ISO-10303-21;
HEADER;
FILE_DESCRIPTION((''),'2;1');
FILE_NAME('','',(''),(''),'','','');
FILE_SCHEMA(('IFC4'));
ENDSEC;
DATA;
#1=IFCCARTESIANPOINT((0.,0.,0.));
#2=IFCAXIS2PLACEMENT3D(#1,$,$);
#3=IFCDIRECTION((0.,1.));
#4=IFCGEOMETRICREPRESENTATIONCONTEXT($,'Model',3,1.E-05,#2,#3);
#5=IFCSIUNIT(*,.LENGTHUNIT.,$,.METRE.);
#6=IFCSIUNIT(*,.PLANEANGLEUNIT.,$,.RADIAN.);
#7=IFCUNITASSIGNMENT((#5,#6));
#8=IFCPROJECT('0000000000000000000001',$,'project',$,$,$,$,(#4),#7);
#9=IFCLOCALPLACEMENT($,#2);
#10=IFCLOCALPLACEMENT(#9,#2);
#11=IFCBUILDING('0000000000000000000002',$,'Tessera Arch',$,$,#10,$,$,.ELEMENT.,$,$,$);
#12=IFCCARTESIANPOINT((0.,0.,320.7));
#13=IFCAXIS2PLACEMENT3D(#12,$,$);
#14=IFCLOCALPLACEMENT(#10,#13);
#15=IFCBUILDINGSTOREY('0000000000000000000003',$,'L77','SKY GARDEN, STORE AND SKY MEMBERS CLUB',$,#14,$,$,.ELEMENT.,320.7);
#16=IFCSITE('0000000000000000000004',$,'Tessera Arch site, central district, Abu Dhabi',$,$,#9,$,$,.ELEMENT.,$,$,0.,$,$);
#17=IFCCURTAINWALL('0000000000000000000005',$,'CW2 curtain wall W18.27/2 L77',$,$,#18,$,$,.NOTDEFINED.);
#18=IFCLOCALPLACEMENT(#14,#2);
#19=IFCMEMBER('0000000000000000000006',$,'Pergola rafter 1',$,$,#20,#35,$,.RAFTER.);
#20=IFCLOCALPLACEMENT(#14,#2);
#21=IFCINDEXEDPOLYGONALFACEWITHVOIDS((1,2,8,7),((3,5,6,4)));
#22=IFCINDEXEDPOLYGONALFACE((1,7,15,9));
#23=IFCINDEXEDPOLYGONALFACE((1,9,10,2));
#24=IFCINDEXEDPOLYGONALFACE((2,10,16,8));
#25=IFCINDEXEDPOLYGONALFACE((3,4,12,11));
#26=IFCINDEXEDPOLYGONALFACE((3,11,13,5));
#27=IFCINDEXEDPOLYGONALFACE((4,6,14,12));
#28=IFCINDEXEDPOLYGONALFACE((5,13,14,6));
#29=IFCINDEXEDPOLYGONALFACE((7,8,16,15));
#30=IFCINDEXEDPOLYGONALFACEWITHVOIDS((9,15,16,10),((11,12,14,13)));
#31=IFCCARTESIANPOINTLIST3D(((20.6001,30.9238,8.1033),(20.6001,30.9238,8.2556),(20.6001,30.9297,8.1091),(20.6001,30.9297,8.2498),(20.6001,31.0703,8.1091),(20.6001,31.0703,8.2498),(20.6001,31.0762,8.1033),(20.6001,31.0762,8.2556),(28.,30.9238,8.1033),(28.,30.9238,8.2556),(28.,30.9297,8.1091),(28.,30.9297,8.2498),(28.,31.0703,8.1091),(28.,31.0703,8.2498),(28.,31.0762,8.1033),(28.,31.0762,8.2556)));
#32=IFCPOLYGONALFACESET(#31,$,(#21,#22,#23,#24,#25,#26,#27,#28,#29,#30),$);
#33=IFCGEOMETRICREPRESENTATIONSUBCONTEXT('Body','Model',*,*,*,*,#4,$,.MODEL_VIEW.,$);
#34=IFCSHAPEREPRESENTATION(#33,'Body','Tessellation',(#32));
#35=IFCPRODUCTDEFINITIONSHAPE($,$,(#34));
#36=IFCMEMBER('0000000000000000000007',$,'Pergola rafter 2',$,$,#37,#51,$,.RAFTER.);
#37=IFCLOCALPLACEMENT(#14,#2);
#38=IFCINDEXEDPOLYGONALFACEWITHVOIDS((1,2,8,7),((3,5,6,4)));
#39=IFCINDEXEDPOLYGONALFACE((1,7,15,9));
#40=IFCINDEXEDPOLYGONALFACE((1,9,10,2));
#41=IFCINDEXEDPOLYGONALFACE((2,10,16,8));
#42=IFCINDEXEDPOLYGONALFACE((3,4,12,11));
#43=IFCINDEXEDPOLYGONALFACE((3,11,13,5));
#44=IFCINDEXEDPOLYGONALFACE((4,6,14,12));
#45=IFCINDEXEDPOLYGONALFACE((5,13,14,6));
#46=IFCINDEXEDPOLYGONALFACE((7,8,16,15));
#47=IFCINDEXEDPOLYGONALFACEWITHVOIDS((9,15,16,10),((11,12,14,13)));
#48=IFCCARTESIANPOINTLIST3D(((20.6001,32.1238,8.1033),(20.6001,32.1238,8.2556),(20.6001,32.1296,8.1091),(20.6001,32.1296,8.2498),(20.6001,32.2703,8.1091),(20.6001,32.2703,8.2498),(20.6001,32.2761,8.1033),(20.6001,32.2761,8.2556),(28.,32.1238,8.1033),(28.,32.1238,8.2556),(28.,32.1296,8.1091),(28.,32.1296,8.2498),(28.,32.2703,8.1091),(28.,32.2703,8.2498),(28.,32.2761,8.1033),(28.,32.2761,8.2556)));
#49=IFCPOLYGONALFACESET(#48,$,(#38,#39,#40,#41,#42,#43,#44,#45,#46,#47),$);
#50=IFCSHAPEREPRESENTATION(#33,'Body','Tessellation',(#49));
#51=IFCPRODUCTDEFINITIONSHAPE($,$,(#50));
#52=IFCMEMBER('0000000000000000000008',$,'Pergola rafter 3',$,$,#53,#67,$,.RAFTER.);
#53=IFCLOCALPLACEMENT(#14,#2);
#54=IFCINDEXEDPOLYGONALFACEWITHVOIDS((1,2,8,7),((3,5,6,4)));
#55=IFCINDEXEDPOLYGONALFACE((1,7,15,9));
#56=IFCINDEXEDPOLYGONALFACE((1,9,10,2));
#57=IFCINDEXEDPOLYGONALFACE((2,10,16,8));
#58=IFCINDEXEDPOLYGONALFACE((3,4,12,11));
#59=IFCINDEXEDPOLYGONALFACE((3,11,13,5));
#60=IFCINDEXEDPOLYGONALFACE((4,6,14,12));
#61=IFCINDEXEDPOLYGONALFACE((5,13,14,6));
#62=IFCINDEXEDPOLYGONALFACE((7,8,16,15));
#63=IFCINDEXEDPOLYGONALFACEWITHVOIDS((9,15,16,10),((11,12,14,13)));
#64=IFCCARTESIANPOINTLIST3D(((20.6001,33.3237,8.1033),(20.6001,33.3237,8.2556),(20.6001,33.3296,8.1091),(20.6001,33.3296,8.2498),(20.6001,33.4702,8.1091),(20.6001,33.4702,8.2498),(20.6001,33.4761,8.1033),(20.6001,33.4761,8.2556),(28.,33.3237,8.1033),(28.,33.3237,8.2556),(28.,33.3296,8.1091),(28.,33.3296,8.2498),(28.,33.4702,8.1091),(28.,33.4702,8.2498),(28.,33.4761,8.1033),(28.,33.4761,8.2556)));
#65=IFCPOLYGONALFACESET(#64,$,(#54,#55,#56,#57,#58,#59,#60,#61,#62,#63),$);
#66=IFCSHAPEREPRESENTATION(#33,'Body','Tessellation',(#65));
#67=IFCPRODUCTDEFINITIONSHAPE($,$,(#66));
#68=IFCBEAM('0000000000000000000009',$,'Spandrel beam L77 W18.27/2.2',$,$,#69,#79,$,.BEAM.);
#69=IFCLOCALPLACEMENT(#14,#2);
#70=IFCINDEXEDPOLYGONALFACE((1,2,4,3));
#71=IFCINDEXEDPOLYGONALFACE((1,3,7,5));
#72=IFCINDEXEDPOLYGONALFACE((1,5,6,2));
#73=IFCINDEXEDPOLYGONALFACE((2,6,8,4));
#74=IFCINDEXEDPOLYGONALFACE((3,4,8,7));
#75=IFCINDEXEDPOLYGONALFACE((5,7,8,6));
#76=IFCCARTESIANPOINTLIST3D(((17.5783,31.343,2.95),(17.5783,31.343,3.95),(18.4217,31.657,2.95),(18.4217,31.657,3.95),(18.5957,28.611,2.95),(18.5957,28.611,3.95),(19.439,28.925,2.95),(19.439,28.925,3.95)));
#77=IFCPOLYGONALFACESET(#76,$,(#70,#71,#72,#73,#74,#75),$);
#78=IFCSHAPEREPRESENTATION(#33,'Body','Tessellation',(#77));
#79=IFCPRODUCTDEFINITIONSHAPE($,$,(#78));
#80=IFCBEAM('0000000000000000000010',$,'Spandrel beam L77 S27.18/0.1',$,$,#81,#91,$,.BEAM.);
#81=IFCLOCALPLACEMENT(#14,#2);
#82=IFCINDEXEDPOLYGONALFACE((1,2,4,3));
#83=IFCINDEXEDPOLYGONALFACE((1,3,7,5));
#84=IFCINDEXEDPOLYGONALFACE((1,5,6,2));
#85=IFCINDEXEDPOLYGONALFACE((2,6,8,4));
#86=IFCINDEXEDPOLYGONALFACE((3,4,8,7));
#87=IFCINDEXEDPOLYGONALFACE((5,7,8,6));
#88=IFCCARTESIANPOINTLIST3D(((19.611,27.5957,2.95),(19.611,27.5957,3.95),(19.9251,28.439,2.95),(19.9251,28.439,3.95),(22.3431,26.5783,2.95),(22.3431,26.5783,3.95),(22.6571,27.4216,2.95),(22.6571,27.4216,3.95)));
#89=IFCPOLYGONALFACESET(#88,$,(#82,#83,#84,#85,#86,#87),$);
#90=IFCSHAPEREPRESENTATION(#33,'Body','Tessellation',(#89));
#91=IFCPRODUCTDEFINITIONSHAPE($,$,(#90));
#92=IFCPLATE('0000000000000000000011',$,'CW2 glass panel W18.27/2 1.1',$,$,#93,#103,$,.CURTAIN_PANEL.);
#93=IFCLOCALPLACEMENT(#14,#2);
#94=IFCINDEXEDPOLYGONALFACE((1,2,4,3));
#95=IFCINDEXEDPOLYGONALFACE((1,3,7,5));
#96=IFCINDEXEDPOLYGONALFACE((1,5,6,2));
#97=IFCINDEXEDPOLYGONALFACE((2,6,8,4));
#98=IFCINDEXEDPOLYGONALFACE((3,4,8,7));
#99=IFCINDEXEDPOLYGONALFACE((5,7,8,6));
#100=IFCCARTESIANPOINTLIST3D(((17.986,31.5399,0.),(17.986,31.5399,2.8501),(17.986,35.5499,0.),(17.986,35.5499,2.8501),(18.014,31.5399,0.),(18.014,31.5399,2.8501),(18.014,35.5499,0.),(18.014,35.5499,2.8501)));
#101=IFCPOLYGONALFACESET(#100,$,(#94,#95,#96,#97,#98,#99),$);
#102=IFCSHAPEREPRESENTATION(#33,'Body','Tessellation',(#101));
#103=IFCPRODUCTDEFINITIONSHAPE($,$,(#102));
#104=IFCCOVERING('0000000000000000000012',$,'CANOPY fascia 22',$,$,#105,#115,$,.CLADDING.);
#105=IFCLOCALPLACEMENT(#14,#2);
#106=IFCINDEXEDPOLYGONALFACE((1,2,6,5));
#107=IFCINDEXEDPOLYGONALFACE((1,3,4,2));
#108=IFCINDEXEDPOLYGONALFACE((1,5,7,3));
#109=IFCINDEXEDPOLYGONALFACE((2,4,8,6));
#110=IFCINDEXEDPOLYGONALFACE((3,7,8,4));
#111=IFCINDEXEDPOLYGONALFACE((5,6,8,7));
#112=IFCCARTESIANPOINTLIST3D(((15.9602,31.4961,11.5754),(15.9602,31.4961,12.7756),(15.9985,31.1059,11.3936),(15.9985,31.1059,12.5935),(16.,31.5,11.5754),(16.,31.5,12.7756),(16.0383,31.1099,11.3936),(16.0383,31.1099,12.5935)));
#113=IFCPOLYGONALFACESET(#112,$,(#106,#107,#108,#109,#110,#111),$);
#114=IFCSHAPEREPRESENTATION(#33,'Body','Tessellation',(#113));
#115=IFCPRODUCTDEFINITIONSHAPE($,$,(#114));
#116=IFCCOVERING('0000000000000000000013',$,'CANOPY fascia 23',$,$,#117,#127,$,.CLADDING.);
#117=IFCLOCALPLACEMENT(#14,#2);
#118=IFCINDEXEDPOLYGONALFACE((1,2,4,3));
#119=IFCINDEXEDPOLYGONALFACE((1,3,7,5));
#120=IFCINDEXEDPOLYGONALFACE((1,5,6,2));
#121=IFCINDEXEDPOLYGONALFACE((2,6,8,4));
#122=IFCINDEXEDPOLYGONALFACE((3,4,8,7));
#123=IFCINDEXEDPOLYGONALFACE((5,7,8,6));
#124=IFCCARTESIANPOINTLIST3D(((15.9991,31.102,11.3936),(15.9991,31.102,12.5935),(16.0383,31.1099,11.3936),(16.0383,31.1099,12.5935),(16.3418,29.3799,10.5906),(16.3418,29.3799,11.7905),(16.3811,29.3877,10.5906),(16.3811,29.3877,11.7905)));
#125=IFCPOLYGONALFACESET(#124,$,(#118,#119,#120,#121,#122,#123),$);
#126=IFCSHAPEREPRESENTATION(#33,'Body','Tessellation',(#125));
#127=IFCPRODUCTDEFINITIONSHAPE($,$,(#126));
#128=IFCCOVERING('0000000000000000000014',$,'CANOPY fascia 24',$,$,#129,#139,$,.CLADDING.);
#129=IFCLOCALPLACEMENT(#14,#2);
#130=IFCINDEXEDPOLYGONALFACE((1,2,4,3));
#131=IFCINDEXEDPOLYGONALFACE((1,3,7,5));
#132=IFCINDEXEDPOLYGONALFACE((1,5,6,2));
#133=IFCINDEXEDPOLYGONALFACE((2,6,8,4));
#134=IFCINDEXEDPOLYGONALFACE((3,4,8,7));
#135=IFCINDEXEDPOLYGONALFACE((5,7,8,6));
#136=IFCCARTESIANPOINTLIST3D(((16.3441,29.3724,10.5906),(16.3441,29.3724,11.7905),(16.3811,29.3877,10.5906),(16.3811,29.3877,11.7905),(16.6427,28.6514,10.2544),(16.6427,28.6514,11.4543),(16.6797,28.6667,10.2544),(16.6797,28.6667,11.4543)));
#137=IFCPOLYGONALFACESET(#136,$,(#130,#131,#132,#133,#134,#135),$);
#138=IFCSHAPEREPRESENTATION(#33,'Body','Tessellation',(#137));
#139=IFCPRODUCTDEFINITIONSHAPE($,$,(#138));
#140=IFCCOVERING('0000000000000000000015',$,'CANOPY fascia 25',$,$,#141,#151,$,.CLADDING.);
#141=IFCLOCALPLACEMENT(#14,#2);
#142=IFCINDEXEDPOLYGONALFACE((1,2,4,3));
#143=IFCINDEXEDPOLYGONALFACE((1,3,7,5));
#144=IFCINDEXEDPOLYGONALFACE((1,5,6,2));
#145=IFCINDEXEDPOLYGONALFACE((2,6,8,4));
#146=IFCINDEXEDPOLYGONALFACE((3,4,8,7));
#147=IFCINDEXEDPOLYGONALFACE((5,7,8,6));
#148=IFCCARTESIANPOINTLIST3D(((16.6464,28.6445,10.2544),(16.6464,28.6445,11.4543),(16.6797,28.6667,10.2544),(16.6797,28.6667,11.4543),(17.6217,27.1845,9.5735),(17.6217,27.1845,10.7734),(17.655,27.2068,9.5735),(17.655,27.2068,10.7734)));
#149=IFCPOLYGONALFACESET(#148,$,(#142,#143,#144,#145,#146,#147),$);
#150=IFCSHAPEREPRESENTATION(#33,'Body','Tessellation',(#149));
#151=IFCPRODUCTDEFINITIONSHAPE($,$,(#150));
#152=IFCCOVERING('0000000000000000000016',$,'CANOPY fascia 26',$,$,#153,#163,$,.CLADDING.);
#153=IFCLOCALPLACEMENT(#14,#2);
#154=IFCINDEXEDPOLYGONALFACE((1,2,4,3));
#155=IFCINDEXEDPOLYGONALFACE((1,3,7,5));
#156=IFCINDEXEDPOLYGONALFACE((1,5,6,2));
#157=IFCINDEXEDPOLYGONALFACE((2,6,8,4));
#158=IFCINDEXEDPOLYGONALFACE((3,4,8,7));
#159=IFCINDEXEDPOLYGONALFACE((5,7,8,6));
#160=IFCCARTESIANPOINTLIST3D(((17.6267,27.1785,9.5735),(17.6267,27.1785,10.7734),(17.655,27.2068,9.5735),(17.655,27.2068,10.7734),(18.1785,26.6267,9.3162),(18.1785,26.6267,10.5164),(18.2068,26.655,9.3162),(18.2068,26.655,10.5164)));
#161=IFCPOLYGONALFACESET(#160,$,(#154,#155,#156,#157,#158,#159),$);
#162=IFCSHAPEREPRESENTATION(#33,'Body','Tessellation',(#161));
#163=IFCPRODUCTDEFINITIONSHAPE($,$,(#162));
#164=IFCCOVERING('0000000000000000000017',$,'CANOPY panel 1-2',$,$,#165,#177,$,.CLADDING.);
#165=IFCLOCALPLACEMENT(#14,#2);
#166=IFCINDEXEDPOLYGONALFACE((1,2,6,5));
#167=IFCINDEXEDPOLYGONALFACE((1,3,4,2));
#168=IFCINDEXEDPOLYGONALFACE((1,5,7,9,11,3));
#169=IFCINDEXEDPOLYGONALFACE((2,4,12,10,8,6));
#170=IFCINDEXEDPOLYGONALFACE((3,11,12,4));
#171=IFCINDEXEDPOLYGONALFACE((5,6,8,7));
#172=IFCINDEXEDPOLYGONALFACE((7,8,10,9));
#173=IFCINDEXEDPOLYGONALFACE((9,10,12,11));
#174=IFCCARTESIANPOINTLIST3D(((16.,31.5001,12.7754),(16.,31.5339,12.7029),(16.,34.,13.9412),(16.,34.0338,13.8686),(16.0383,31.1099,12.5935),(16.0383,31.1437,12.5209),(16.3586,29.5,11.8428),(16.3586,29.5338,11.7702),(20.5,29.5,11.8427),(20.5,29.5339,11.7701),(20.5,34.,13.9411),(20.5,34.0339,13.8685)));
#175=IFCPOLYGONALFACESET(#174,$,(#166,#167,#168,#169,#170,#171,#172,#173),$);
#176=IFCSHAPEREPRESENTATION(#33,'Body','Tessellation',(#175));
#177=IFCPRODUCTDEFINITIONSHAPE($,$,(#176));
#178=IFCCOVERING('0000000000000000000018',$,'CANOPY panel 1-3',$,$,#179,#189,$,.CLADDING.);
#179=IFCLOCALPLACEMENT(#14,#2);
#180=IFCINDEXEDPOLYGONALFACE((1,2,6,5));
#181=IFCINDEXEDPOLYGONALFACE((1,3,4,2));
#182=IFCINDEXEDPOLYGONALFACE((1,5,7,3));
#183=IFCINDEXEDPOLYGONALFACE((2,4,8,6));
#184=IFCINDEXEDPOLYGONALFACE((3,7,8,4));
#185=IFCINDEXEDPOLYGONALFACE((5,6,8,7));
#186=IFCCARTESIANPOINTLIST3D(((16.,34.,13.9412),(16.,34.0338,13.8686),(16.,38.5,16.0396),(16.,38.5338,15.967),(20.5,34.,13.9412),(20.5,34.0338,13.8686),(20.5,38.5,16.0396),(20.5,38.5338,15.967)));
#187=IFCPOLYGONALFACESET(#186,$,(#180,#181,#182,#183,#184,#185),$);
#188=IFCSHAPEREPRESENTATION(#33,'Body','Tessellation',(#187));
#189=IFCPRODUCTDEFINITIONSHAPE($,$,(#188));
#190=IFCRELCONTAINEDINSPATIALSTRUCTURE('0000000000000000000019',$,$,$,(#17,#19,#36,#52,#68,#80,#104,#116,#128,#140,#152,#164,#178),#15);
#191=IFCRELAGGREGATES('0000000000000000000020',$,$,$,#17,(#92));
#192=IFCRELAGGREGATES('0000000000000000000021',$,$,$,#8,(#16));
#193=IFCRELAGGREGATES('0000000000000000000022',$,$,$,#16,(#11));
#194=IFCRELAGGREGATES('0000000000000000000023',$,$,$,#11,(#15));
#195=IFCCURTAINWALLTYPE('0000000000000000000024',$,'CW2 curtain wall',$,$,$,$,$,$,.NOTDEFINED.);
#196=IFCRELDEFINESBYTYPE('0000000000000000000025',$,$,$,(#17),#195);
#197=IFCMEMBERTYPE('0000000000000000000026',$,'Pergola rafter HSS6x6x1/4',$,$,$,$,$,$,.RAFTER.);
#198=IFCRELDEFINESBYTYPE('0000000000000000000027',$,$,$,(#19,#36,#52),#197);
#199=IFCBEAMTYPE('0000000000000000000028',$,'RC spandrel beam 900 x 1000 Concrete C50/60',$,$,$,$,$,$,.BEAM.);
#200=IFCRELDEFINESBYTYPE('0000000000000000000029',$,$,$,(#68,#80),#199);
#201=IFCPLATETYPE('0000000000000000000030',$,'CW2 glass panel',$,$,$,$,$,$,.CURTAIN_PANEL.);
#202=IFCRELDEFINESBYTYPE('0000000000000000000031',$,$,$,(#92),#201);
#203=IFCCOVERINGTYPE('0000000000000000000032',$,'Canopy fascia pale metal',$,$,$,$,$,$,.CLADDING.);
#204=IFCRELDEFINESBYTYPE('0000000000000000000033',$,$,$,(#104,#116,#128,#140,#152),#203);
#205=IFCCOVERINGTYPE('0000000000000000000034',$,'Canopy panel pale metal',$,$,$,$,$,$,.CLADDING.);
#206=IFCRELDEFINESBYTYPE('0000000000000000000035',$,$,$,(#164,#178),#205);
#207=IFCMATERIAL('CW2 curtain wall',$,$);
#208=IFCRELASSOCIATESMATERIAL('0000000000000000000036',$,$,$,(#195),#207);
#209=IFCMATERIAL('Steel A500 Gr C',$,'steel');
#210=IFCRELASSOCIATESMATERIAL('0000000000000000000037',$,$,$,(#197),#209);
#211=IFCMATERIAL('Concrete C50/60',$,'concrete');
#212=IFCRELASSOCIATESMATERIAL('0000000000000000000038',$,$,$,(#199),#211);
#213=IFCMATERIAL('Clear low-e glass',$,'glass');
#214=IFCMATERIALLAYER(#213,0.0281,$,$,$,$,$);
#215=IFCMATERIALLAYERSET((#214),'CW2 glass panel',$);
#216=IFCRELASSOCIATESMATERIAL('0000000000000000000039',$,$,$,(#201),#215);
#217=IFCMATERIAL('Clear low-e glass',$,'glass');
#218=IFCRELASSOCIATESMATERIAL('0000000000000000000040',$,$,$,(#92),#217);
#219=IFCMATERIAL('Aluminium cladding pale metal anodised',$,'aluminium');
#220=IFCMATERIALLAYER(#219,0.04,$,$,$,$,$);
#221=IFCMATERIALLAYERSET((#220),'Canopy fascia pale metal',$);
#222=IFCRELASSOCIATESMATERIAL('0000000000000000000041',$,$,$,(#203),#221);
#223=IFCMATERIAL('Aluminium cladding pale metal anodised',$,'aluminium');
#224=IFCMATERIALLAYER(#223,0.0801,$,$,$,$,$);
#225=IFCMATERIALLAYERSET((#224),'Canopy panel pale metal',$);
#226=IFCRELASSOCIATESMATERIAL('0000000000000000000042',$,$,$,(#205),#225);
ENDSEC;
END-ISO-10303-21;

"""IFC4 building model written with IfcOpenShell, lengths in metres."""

from ifc_helpers import new_model, si_unit, direction, frame, origin, origin_2d, place, context, subcontext, project, spatial, polyline, rectangle, hollow_rectangle, outline, extrude, material, layer, layer_set, material_profile, profile_set, type_object, element, aggregate, save


model = new_model("IFC4")

# Units and contexts
model_context = context("Model", 3, precision=1e-05, world=origin(), true_north=direction((0.0, 1.0)))
body_context = subcontext(model_context, "Body", "Model", "MODEL_VIEW")
ifc_project = project(units=[si_unit("LENGTHUNIT", "METRE"), si_unit("PLANEANGLEUNIT", "RADIAN")], contexts=[model_context])

# Site, building, storey
site_placement = place(None, origin())
site = spatial("IfcSite", under=ifc_project, at=site_placement, Name="Tessera Arch site, central district, Abu Dhabi", CompositionType="ELEMENT", RefElevation=0.0)
building_placement = place(site_placement, origin())
building = spatial("IfcBuilding", under=site, at=building_placement, Name="Tessera Arch", CompositionType="ELEMENT")
storey_placement = place(building_placement, frame((0.0, 0.0, 320.7)))
storey = spatial("IfcBuildingStorey", under=building, at=storey_placement, Name="L77", Description="SKY GARDEN, STORE AND SKY MEMBERS CLUB", CompositionType="ELEMENT", Elevation=320.7)

# Curtain wall
ifc_material_1 = material(Name="CW2 curtain wall")
curtain_wall_type = type_object("IfcCurtainWallType", Name="CW2 curtain wall", PredefinedType="NOTDEFINED", material=ifc_material_1)
curtain_wall_placement = place(storey_placement, origin())
curtain_wall = element("IfcCurtainWall", 1, at=curtain_wall_placement, inside=storey, type_object=curtain_wall_type, Name="CW2 curtain wall W18.27/2 L77", PredefinedType="NOTDEFINED")

# Members
ifc_material_2 = material(Name="Steel A500 Gr C", Category="steel")
ifc_material_profile_1 = material_profile(ifc_material_2, hollow_rectangle(XDim=0.1523, YDim=0.1523, WallThickness=0.0059, at=origin_2d()), Name="HSS6x6x1/4")
ifc_profile_set_1 = profile_set([ifc_material_profile_1], Name="Steel A500 Gr C")
member_type_1 = type_object("IfcMemberType", Name="Pergola rafter HSS6x6x1/4", PredefinedType="RAFTER", material=ifc_profile_set_1)
for number, where, z_axis, x_axis, name in (
    (2, (20.6001, 31.0, 8.1794), (1.0, 0.0, 0.0), (0.0, 1.0, 0.0), "Pergola rafter 1"),
    (3, (20.6001, 32.2, 8.1794), (1.0, 0.0, 0.0), (0.0, 1.0, 0.0), "Pergola rafter 2"),
    (4, (20.6001, 33.3999, 8.1794), (1.0, 0.0, 0.0), (0.0, 1.0, 0.0), "Pergola rafter 3"),
):
    element("IfcMember", number, at=place(storey_placement, frame(where, z_axis=z_axis, x_axis=x_axis)), inside=storey, type_object=member_type_1, Name=name, PredefinedType="RAFTER", context=body_context, shape_type="SweptSolid", body=[
        extrude(hollow_rectangle(XDim=0.1523, YDim=0.1523, WallThickness=0.0059, at=origin_2d()), origin(), (0.0, 0.0, 1.0), 7.3999),
    ])

# Beams
ifc_material_3 = material(Name="Concrete C50/60", Category="concrete")
ifc_material_profile_2 = material_profile(ifc_material_3, rectangle(XDim=0.8999, YDim=1.0, at=origin_2d()), Name="RC spandrel beam 900 x 1000 Concrete C50/60")
ifc_profile_set_2 = profile_set([ifc_material_profile_2], Name="Concrete C50/60")
beam_type_1 = type_object("IfcBeamType", Name="RC spandrel beam 900 x 1000 Concrete C50/60", PredefinedType="BEAM", material=ifc_profile_set_2)
for number, where, z_axis, x_axis, name in (
    (5, (18.0, 31.5, 3.45), (0.348975, -0.937132, 0.0), (0.937132, 0.348975, 0.0), "Spandrel beam L77 W18.27/2.2"),
    (6, (19.7681, 28.0173, 3.45), (0.937132, -0.348975, 0.0), (0.348975, 0.937132, 0.0), "Spandrel beam L77 S27.18/0.1"),
):
    element("IfcBeam", number, at=place(storey_placement, frame(where, z_axis=z_axis, x_axis=x_axis)), inside=storey, type_object=beam_type_1, Name=name, PredefinedType="BEAM", context=body_context, shape_type="SweptSolid", body=[
        extrude(rectangle(XDim=0.8999, YDim=1.0, at=origin_2d()), origin(), (0.0, 0.0, 1.0), 2.9153),
    ])

# Plate
ifc_material_4 = material(Name="Clear low-e glass", Category="glass")
ifc_material_5 = material(Name="Clear low-e glass", Category="glass")
ifc_layer_1 = layer(ifc_material_5, 0.0281)
ifc_layer_set_1 = layer_set([ifc_layer_1], Name="CW2 glass panel")
plate_type = type_object("IfcPlateType", Name="CW2 glass panel", PredefinedType="CURTAIN_PANEL", material=ifc_layer_set_1)
plate_placement = place(storey_placement, frame((18.0, 33.5449, 0.0), z_axis=(0.0, 0.0, 1.0), x_axis=(0.0, -1.0, 0.0)))
plate = element("IfcPlate", 7, at=plate_placement, type_object=plate_type, material=ifc_material_4, Name="CW2 glass panel W18.27/2 1.1", PredefinedType="CURTAIN_PANEL", context=body_context, shape_type="SweptSolid", body=[
    extrude(rectangle(XDim=4.01, YDim=0.0281, at=origin_2d()), origin(), (0.0, 0.0, 1.0), 2.8501),
])
aggregate(curtain_wall, [plate])

# Coverings
ifc_material_6 = material(Name="Aluminium cladding pale metal anodised", Category="aluminium")
ifc_layer_2 = layer(ifc_material_6, 0.04)
ifc_layer_set_2 = layer_set([ifc_layer_2], Name="Canopy fascia pale metal")
covering_type_1 = type_object("IfcCoveringType", Name="Canopy fascia pale metal", PredefinedType="CLADDING", material=ifc_layer_set_2)
covering_1_placement = place(storey_placement, frame((16.0, 31.5, 12.7756), z_axis=(0.995208, 0.097777, 0.0), x_axis=(0.088674, -0.902556, -0.421343)))
element("IfcCovering", 8, at=covering_1_placement, inside=storey, type_object=covering_type_1, Name="CANOPY fascia 22", PredefinedType="CLADDING", context=body_context, shape_type="SweptSolid", body=[
    extrude(outline(polyline([(0.0, 0.0), (0.4323, 0.0), (0.9378, 1.0882), (0.5057, 1.0885), (0.0, 0.0)])), origin(), (0.0, 0.0, -1.0), 0.04),
])
covering_2_placement = place(storey_placement, frame((16.0383, 31.1099, 12.5935), z_axis=(0.980762, 0.195207, 0.0), x_axis=(0.177526, -0.891928, -0.415871)))
element("IfcCovering", 9, at=covering_2_placement, inside=storey, type_object=covering_type_1, Name="CANOPY fascia 23", PredefinedType="CLADDING", context=body_context, shape_type="SweptSolid", body=[
    extrude(outline(polyline([(0.0, 0.0), (1.9308, 0.0), (2.4299, 1.0913), (0.499, 1.0913), (0.0, 0.0)])), origin(), (0.0, 0.0, -1.0), 0.04),
])
covering_3_placement = place(storey_placement, frame((16.3811, 29.3877, 11.7905), z_axis=(0.923899, 0.382637, 0.0), x_axis=(0.351413, -0.848505, -0.395662)))
element("IfcCovering", 10, at=covering_3_placement, inside=storey, type_object=covering_type_1, Name="CANOPY fascia 24", PredefinedType="CLADDING", context=body_context, shape_type="SweptSolid", body=[
    extrude(outline(polyline([(0.0, 0.0), (0.8497, 0.0), (1.3244, 1.102), (0.4748, 1.102), (0.0, 0.0)])), origin(), (0.0, 0.0, -1.0), 0.04),
])
covering_4_placement = place(storey_placement, frame((16.6797, 28.6667, 11.4543), z_axis=(0.831515, 0.555502, 0.0), x_axis=(0.517919, -0.775259, -0.361571)))
element("IfcCovering", 11, at=covering_4_placement, inside=storey, type_object=covering_type_1, Name="CANOPY fascia 25", PredefinedType="CLADDING", context=body_context, shape_type="SweptSolid", body=[
    extrude(outline(polyline([(0.0, 0.0), (1.8832, 0.0), (2.3171, 1.1188), (0.4339, 1.1188), (0.0, 0.0)])), origin(), (0.0, 0.0, -1.0), 0.04),
])
covering_5_placement = place(storey_placement, frame((17.655, 27.2068, 10.7734), z_axis=(0.707107, 0.707107, 0.0), x_axis=(0.671596, -0.671596, -0.312916)))
element("IfcCovering", 12, at=covering_5_placement, inside=storey, type_object=covering_type_1, Name="CANOPY fascia 26", PredefinedType="CLADDING", context=body_context, shape_type="SweptSolid", body=[
    extrude(outline(polyline([(0.0, 0.0), (0.8216, 0.0), (1.1971, 1.1399), (0.3755, 1.1397), (0.0, 0.0)])), origin(), (0.0, 0.0, -1.0), 0.04),
])
ifc_material_7 = material(Name="Aluminium cladding pale metal anodised", Category="aluminium")
ifc_layer_3 = layer(ifc_material_7, 0.0801)
ifc_layer_set_3 = layer_set([ifc_layer_3], Name="Canopy panel pale metal")
covering_type_2 = type_object("IfcCoveringType", Name="Canopy panel pale metal", PredefinedType="CLADDING", material=ifc_layer_set_3)
covering_6_placement = place(storey_placement, frame((16.3586, 29.5, 11.8428), z_axis=(0.000018, -0.422619, 0.906308), x_axis=(1.0, 0.000008, -0.000016)))
element("IfcCovering", 13, at=covering_6_placement, inside=storey, type_object=covering_type_2, Name="CANOPY panel 1-2", PredefinedType="CLADDING", context=body_context, shape_type="SweptSolid", body=[
    extrude(outline(polyline([(0.0, 0.0), (4.1414, 0.0), (4.1414, 4.9652), (-0.3586, 4.9652), (-0.3586, 2.2069), (-0.3203, 1.7763), (0.0, 0.0)])), origin(), (0.0, 0.0, -1.0), 0.0801),
])
covering_7_placement = place(storey_placement, frame((16.0, 34.0, 13.9412), z_axis=(0.0, -0.422619, 0.906307), x_axis=(1.0, 0.0, 0.0)))
element("IfcCovering", 14, at=covering_7_placement, inside=storey, type_object=covering_type_2, Name="CANOPY panel 1-3", PredefinedType="CLADDING", context=body_context, shape_type="SweptSolid", body=[
    extrude(outline(polyline([(0.0, 0.0), (4.5, 0.0), (4.5, 4.9652), (0.0, 4.9652), (0.0, 0.0)])), origin(), (0.0, 0.0, -1.0), 0.0801),
])

save(model, "model.ifc")
